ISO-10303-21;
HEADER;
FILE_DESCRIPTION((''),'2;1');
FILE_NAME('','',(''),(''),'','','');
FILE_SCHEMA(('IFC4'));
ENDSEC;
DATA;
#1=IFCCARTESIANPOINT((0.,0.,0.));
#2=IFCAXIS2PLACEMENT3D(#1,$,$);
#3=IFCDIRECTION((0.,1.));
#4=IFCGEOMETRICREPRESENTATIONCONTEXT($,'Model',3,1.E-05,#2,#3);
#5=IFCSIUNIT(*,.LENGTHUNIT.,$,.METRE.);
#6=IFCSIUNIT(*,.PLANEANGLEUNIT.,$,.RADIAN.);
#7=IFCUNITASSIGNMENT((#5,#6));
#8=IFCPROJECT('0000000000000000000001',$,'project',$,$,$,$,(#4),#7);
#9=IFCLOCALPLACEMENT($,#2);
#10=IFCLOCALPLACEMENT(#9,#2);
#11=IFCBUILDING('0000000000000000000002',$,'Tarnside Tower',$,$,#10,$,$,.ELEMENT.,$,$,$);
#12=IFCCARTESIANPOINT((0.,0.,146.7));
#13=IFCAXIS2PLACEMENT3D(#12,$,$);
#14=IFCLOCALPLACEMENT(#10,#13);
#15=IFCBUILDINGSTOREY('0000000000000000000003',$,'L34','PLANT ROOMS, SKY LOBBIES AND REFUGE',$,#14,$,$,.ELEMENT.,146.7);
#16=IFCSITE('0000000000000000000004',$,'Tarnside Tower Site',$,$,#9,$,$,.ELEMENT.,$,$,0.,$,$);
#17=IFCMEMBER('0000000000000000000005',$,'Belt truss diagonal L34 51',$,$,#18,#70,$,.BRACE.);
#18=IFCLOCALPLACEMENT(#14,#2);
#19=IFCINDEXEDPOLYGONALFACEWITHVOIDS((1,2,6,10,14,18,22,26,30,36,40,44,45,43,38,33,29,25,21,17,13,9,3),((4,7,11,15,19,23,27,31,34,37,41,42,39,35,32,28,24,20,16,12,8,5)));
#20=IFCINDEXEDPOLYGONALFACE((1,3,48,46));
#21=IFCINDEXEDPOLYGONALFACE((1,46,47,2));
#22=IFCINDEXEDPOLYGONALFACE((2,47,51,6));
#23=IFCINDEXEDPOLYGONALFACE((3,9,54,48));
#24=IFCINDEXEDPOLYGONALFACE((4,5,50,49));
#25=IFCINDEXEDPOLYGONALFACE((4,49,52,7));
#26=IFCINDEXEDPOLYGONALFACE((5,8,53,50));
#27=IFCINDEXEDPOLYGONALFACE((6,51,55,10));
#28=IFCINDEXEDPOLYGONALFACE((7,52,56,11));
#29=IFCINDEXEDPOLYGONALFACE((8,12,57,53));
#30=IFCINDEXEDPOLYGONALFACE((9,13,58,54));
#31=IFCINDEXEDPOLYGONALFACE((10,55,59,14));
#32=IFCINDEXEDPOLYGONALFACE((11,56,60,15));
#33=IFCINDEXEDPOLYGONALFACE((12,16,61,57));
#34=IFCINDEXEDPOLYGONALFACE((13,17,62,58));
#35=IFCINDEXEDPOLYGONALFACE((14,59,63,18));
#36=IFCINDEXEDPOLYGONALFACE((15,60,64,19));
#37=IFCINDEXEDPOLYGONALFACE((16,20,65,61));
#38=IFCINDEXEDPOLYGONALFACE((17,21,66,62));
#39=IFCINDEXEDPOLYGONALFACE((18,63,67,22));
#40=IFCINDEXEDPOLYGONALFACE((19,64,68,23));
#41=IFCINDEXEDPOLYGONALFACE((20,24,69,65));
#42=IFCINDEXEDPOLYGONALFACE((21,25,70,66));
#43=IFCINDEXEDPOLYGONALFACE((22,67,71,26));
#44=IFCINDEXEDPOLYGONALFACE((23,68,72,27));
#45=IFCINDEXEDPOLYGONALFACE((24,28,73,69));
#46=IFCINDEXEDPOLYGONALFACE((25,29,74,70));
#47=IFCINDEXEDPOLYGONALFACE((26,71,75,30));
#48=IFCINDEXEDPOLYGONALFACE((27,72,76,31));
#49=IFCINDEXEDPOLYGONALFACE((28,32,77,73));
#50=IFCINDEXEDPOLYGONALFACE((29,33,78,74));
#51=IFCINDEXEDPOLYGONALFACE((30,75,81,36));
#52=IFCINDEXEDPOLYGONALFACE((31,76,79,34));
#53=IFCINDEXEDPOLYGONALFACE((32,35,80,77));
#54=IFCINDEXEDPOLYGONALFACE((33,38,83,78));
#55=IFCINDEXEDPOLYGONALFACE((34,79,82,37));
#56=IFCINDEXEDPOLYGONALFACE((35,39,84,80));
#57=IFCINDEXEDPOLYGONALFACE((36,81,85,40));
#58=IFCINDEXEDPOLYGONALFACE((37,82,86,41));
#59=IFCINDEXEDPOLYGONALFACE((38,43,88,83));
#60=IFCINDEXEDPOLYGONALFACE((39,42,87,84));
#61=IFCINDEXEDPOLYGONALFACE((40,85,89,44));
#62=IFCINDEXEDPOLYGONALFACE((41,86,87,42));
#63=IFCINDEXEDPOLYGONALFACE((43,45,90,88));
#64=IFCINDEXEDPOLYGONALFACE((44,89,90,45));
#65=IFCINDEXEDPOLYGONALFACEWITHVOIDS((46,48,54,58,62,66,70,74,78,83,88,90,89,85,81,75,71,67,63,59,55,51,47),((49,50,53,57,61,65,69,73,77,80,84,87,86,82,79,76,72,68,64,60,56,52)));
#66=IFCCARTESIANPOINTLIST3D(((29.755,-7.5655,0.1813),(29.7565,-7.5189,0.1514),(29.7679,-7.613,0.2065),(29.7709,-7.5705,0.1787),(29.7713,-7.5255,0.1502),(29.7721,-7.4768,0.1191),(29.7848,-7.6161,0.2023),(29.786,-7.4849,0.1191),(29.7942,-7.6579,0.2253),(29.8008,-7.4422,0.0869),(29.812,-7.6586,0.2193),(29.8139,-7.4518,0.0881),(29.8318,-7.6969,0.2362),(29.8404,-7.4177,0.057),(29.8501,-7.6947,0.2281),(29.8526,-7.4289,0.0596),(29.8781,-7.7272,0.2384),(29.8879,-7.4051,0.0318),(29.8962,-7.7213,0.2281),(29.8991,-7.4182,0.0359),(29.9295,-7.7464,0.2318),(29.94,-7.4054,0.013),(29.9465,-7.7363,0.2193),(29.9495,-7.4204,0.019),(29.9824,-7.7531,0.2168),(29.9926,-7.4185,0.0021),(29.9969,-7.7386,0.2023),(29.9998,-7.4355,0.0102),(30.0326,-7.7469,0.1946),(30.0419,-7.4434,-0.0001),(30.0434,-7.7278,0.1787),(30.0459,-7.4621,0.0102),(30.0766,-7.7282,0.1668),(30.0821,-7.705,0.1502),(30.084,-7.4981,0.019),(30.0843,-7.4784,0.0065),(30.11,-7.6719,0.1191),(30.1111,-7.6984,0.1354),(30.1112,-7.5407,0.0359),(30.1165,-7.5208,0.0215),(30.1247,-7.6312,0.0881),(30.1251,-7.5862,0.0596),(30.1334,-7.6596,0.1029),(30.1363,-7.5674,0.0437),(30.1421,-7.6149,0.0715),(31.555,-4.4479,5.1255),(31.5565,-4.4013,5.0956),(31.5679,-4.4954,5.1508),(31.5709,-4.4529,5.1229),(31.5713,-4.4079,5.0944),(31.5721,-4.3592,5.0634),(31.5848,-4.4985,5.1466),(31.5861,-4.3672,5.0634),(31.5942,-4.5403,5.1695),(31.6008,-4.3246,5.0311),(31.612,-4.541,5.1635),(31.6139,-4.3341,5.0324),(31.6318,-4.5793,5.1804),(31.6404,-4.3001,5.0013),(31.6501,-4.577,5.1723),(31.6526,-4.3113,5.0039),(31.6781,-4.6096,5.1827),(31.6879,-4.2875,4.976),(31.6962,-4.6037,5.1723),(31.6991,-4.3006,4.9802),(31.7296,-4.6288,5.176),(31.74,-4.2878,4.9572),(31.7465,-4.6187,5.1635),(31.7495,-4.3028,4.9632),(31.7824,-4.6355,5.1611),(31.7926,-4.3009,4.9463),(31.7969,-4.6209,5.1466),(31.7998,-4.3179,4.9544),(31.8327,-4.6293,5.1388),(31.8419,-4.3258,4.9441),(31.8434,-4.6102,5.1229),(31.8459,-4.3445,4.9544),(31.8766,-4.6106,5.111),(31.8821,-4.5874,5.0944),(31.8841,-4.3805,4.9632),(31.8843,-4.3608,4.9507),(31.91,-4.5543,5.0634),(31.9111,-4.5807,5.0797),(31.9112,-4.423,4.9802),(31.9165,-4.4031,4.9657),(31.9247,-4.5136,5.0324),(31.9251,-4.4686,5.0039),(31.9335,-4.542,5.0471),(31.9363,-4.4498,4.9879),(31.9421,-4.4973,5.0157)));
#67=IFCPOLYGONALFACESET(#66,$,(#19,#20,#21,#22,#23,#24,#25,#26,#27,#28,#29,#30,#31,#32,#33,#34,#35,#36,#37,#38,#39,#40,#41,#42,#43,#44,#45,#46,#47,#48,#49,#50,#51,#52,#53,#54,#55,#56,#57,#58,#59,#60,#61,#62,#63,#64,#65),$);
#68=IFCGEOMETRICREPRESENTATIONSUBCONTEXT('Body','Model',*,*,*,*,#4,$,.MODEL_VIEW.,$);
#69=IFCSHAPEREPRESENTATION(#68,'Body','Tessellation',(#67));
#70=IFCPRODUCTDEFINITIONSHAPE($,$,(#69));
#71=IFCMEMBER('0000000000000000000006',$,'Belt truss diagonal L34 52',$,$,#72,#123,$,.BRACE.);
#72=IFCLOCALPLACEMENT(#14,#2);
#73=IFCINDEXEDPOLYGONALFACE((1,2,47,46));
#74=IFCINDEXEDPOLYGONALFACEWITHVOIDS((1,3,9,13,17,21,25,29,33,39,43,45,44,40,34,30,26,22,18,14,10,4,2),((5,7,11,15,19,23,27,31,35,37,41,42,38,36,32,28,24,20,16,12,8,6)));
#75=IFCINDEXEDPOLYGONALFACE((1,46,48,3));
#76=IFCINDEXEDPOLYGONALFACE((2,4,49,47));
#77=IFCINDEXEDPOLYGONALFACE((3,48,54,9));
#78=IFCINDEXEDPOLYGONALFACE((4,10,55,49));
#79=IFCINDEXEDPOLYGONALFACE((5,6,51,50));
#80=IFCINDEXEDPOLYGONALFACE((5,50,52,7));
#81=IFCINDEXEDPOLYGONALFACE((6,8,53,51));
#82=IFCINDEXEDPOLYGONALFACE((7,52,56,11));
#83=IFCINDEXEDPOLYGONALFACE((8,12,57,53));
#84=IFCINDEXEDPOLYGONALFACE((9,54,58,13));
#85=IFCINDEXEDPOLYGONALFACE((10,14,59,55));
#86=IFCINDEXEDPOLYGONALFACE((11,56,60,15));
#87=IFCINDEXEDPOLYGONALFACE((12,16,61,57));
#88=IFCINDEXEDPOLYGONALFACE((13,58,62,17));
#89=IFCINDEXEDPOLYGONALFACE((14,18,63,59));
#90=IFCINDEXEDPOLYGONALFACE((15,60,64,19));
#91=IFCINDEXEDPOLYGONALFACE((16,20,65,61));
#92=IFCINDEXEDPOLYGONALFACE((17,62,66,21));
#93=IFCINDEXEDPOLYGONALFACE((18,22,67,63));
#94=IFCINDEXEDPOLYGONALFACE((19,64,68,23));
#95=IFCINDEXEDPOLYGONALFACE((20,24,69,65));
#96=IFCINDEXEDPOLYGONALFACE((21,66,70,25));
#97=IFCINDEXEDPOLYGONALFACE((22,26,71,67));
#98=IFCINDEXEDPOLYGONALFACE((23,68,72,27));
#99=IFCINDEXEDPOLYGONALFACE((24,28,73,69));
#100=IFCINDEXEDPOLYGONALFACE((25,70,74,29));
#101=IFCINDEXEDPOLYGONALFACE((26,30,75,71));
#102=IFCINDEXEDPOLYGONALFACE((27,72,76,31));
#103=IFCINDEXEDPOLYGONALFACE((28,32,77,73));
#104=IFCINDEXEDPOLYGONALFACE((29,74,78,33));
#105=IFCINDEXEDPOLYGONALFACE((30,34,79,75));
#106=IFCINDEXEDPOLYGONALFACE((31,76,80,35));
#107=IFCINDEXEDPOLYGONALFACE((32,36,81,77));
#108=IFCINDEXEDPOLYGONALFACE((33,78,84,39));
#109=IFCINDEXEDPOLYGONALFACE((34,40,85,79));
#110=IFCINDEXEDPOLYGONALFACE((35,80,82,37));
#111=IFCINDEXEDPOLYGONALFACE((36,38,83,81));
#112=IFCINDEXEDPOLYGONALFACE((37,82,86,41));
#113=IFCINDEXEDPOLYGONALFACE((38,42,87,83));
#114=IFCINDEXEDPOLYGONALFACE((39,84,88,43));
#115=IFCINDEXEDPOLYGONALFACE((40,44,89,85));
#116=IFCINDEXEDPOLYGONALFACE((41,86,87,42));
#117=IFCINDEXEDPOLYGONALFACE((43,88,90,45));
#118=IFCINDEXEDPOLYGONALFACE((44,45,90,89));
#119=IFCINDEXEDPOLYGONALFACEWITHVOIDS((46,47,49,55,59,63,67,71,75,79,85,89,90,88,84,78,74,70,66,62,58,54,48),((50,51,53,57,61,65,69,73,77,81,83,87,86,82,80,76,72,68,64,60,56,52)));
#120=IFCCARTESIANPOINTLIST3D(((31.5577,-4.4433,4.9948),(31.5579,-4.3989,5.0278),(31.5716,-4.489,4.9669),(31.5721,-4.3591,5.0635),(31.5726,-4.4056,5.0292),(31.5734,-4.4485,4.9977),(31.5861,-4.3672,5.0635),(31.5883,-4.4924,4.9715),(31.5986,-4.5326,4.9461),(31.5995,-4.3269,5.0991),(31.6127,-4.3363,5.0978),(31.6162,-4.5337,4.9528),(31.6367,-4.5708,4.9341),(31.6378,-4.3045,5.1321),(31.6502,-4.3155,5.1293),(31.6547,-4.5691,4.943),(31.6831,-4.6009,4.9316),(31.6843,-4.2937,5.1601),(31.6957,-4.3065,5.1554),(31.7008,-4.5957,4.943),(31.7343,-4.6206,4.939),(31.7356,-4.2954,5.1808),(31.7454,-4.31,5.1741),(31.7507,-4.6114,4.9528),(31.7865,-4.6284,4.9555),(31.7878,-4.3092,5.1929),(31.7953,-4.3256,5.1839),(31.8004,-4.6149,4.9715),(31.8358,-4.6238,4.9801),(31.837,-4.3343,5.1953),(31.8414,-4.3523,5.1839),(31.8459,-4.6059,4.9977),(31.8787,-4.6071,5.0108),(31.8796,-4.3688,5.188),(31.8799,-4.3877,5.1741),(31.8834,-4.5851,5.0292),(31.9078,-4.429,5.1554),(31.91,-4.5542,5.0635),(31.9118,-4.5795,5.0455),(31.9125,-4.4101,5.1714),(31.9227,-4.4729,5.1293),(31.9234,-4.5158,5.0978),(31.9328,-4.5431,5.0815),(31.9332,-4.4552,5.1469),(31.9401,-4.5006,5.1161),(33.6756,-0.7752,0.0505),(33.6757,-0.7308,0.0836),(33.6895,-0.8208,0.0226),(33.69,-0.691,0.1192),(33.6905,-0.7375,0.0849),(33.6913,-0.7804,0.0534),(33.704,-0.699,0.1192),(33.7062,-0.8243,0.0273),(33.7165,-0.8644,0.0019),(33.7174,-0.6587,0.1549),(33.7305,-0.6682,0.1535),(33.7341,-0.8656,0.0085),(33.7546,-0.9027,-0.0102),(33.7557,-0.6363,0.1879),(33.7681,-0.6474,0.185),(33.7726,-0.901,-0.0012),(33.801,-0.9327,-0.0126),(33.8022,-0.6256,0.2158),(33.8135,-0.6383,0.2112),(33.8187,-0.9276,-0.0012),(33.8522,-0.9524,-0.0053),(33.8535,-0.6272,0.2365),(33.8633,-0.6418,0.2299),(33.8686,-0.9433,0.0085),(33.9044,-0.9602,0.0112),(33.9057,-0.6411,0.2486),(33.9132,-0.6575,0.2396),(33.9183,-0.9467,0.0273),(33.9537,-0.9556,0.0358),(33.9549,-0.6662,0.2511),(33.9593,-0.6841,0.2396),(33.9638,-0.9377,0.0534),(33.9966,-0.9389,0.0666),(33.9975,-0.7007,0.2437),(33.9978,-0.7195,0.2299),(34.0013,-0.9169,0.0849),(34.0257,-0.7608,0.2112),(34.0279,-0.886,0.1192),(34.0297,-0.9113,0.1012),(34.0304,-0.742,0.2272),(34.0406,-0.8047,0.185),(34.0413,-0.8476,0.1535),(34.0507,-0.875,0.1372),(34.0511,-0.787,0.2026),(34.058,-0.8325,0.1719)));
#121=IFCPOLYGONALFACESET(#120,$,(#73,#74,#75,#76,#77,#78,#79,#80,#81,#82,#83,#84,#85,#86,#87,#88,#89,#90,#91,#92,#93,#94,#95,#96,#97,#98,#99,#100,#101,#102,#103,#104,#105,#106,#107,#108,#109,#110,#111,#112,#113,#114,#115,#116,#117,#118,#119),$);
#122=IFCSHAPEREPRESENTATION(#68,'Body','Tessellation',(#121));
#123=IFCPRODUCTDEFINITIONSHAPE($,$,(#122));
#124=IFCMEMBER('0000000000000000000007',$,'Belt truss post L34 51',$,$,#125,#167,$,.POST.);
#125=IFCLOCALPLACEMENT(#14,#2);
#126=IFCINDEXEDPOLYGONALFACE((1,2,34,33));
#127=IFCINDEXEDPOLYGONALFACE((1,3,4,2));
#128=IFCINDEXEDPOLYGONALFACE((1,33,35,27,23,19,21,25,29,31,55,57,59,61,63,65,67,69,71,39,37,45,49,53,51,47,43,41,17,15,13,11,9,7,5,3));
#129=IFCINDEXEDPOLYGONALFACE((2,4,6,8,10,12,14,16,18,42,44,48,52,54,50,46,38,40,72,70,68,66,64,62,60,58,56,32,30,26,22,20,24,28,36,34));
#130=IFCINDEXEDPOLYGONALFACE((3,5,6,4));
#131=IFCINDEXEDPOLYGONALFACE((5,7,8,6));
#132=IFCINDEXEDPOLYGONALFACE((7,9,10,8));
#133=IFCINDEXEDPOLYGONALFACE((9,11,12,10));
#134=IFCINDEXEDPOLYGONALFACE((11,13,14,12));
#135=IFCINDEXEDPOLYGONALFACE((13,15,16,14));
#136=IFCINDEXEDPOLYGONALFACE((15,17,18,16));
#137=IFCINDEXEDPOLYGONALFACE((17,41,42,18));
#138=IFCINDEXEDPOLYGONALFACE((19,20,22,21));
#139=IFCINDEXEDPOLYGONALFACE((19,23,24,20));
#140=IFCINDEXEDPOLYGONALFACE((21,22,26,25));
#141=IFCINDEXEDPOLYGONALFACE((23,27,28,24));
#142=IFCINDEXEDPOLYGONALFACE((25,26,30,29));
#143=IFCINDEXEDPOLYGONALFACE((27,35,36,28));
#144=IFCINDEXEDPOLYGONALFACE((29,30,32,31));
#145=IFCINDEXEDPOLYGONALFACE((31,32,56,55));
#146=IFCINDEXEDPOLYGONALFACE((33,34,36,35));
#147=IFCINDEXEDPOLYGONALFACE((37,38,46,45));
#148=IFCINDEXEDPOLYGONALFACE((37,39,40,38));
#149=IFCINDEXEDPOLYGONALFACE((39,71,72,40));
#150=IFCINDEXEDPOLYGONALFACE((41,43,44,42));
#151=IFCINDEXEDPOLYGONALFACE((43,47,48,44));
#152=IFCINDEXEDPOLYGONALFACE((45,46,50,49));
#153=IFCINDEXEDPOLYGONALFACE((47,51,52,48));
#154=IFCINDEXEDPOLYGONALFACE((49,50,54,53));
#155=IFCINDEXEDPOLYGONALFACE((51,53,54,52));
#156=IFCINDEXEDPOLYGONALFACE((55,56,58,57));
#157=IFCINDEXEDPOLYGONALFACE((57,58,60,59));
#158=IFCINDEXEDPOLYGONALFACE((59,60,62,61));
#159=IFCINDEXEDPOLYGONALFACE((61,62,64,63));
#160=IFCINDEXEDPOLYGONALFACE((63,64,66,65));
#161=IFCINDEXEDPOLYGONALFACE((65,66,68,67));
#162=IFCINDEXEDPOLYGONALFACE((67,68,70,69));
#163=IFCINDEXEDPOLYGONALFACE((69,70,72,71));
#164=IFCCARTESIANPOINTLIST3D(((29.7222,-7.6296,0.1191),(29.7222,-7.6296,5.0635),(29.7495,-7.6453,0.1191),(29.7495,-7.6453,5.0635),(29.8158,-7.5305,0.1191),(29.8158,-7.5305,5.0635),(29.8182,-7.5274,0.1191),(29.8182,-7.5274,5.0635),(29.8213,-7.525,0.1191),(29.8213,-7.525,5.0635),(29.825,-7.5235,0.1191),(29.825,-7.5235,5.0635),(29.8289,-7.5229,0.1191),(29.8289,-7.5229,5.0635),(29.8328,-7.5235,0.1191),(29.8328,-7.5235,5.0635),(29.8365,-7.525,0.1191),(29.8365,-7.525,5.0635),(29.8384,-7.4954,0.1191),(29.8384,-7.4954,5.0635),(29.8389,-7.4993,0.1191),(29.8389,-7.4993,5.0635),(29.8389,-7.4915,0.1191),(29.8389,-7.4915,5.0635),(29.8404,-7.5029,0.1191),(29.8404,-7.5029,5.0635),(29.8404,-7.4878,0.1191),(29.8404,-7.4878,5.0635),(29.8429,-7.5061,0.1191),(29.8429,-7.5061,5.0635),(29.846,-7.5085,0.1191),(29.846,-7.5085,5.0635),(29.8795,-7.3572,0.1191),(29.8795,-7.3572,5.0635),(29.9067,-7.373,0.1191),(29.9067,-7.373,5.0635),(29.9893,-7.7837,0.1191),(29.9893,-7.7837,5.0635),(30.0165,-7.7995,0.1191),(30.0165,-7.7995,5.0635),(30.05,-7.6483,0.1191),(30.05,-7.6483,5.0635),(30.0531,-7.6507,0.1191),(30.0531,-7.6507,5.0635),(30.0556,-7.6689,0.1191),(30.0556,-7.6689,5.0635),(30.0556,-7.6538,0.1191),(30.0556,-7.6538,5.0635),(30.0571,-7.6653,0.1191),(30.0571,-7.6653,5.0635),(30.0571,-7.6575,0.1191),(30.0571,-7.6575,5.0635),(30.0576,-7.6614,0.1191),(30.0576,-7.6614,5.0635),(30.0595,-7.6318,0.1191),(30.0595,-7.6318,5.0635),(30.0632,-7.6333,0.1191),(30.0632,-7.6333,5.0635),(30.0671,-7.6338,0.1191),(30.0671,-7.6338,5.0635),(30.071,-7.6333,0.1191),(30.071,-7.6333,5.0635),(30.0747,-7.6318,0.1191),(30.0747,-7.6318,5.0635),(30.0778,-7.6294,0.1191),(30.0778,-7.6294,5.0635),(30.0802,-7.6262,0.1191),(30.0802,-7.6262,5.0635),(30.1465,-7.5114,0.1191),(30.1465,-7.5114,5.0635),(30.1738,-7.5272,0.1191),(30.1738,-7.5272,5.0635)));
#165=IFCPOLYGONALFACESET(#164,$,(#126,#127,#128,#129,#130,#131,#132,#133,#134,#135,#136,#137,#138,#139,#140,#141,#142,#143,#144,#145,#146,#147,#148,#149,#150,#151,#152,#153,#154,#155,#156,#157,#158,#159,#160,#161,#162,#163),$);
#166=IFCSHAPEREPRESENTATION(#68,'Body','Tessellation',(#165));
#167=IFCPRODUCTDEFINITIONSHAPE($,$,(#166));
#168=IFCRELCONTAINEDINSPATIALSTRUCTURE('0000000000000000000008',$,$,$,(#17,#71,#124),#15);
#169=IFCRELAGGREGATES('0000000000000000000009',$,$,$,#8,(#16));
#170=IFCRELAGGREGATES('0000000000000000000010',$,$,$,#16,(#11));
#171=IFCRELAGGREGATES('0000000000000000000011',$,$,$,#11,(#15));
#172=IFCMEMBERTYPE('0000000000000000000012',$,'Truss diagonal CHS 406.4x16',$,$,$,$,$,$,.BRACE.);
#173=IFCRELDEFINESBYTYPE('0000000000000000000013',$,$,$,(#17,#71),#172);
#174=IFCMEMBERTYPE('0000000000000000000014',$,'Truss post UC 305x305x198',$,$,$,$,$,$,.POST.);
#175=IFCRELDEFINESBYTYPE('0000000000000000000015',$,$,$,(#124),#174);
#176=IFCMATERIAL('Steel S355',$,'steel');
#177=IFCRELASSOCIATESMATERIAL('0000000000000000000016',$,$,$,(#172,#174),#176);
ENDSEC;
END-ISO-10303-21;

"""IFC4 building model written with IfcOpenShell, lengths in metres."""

from ifc_helpers import new_model, si_unit, direction, frame, origin, origin_2d, place, context, subcontext, project, spatial, hollow_circle, i_section, extrude, material, material_profile, profile_set, type_object, element, save


model = new_model("IFC4")

# Units and contexts
model_context = context("Model", 3, precision=1e-05, world=origin(), true_north=direction((0.0, 1.0)))
body_context = subcontext(model_context, "Body", "Model", "MODEL_VIEW")
ifc_project = project(units=[si_unit("LENGTHUNIT", "METRE"), si_unit("PLANEANGLEUNIT", "RADIAN")], contexts=[model_context])

# Site, building, storey
site_placement = place(None, origin())
site = spatial("IfcSite", under=ifc_project, at=site_placement, Name="Tarnside Tower Site", CompositionType="ELEMENT", RefElevation=0.0)
building_placement = place(site_placement, origin())
building = spatial("IfcBuilding", under=site, at=building_placement, Name="Tarnside Tower", CompositionType="ELEMENT")
storey_placement = place(building_placement, frame((0.0, 0.0, 146.7)))
storey = spatial("IfcBuildingStorey", under=building, at=storey_placement, Name="L34", Description="PLANT ROOMS, SKY LOBBIES AND REFUGE", CompositionType="ELEMENT", Elevation=146.7)

# Shared definitions
ifc_material_1 = material(Name="Steel S355", Category="steel")

# Members
ifc_material_profile_1 = material_profile(ifc_material_1, hollow_circle(Radius=0.2031, WallThickness=0.0161, at=origin_2d()), Name="CHS 406.4x16")
ifc_profile_set_1 = profile_set([ifc_material_profile_1], Name="Steel S355")
member_type_1 = type_object("IfcMemberType", Name="Truss diagonal CHS 406.4x16", PredefinedType="BRACE", material=ifc_profile_set_1)
member_1_placement = place(storey_placement, frame((29.948, -7.5784, 0.1191), z_axis=(0.294314, 0.50975, 0.808415), x_axis=(-0.866018, 0.500012, 0.0)))
element("IfcMember", 1, at=member_1_placement, inside=storey, type_object=member_type_1, Name="Belt truss diagonal L34 51", PredefinedType="BRACE", context=body_context, shape_type="SweptSolid", body=[
    extrude(hollow_circle(Radius=0.2031, WallThickness=0.0161, at=origin_2d()), origin(), (0.0, 0.0, 1.0), 6.116),
])
member_2_placement = place(storey_placement, frame((31.748, -4.4607, 5.0635), z_axis=(0.325304, 0.563422, -0.759429), x_axis=(-0.866018, 0.500013, 0.0)))
element("IfcMember", 2, at=member_2_placement, inside=storey, type_object=member_type_1, Name="Belt truss diagonal L34 52", PredefinedType="BRACE", context=body_context, shape_type="SweptSolid", body=[
    extrude(hollow_circle(Radius=0.2031, WallThickness=0.0161, at=origin_2d()), origin(), (0.0, 0.0, 1.0), 6.5105),
])
ifc_material_profile_2 = material_profile(ifc_material_1, i_section(OverallWidth=0.3145, OverallDepth=0.3398, WebThickness=0.019, FlangeThickness=0.0315, FilletRadius=0.0151, at=origin_2d()), Name="UC 305x305x198")
ifc_profile_set_2 = profile_set([ifc_material_profile_2], Name="Steel S355")
member_type_2 = type_object("IfcMemberType", Name="Truss post UC 305x305x198", PredefinedType="POST", material=ifc_profile_set_2)
for number, where, z_axis, x_axis, name in (
    (3, (29.948, -7.5784, 0.1191), (0.0, 0.0, 1.0), (0.5, 0.866025, 0.0), "Belt truss post L34 51"),
):
    element("IfcMember", number, at=place(storey_placement, frame(where, z_axis=z_axis, x_axis=x_axis)), inside=storey, type_object=member_type_2, Name=name, PredefinedType="POST", context=body_context, shape_type="SweptSolid", body=[
        extrude(i_section(OverallWidth=0.3145, OverallDepth=0.3398, WebThickness=0.019, FlangeThickness=0.0315, FilletRadius=0.0151, at=origin_2d()), origin(), (0.0, 0.0, 1.0), 4.9443),
    ])

save(model, "model.ifc")
